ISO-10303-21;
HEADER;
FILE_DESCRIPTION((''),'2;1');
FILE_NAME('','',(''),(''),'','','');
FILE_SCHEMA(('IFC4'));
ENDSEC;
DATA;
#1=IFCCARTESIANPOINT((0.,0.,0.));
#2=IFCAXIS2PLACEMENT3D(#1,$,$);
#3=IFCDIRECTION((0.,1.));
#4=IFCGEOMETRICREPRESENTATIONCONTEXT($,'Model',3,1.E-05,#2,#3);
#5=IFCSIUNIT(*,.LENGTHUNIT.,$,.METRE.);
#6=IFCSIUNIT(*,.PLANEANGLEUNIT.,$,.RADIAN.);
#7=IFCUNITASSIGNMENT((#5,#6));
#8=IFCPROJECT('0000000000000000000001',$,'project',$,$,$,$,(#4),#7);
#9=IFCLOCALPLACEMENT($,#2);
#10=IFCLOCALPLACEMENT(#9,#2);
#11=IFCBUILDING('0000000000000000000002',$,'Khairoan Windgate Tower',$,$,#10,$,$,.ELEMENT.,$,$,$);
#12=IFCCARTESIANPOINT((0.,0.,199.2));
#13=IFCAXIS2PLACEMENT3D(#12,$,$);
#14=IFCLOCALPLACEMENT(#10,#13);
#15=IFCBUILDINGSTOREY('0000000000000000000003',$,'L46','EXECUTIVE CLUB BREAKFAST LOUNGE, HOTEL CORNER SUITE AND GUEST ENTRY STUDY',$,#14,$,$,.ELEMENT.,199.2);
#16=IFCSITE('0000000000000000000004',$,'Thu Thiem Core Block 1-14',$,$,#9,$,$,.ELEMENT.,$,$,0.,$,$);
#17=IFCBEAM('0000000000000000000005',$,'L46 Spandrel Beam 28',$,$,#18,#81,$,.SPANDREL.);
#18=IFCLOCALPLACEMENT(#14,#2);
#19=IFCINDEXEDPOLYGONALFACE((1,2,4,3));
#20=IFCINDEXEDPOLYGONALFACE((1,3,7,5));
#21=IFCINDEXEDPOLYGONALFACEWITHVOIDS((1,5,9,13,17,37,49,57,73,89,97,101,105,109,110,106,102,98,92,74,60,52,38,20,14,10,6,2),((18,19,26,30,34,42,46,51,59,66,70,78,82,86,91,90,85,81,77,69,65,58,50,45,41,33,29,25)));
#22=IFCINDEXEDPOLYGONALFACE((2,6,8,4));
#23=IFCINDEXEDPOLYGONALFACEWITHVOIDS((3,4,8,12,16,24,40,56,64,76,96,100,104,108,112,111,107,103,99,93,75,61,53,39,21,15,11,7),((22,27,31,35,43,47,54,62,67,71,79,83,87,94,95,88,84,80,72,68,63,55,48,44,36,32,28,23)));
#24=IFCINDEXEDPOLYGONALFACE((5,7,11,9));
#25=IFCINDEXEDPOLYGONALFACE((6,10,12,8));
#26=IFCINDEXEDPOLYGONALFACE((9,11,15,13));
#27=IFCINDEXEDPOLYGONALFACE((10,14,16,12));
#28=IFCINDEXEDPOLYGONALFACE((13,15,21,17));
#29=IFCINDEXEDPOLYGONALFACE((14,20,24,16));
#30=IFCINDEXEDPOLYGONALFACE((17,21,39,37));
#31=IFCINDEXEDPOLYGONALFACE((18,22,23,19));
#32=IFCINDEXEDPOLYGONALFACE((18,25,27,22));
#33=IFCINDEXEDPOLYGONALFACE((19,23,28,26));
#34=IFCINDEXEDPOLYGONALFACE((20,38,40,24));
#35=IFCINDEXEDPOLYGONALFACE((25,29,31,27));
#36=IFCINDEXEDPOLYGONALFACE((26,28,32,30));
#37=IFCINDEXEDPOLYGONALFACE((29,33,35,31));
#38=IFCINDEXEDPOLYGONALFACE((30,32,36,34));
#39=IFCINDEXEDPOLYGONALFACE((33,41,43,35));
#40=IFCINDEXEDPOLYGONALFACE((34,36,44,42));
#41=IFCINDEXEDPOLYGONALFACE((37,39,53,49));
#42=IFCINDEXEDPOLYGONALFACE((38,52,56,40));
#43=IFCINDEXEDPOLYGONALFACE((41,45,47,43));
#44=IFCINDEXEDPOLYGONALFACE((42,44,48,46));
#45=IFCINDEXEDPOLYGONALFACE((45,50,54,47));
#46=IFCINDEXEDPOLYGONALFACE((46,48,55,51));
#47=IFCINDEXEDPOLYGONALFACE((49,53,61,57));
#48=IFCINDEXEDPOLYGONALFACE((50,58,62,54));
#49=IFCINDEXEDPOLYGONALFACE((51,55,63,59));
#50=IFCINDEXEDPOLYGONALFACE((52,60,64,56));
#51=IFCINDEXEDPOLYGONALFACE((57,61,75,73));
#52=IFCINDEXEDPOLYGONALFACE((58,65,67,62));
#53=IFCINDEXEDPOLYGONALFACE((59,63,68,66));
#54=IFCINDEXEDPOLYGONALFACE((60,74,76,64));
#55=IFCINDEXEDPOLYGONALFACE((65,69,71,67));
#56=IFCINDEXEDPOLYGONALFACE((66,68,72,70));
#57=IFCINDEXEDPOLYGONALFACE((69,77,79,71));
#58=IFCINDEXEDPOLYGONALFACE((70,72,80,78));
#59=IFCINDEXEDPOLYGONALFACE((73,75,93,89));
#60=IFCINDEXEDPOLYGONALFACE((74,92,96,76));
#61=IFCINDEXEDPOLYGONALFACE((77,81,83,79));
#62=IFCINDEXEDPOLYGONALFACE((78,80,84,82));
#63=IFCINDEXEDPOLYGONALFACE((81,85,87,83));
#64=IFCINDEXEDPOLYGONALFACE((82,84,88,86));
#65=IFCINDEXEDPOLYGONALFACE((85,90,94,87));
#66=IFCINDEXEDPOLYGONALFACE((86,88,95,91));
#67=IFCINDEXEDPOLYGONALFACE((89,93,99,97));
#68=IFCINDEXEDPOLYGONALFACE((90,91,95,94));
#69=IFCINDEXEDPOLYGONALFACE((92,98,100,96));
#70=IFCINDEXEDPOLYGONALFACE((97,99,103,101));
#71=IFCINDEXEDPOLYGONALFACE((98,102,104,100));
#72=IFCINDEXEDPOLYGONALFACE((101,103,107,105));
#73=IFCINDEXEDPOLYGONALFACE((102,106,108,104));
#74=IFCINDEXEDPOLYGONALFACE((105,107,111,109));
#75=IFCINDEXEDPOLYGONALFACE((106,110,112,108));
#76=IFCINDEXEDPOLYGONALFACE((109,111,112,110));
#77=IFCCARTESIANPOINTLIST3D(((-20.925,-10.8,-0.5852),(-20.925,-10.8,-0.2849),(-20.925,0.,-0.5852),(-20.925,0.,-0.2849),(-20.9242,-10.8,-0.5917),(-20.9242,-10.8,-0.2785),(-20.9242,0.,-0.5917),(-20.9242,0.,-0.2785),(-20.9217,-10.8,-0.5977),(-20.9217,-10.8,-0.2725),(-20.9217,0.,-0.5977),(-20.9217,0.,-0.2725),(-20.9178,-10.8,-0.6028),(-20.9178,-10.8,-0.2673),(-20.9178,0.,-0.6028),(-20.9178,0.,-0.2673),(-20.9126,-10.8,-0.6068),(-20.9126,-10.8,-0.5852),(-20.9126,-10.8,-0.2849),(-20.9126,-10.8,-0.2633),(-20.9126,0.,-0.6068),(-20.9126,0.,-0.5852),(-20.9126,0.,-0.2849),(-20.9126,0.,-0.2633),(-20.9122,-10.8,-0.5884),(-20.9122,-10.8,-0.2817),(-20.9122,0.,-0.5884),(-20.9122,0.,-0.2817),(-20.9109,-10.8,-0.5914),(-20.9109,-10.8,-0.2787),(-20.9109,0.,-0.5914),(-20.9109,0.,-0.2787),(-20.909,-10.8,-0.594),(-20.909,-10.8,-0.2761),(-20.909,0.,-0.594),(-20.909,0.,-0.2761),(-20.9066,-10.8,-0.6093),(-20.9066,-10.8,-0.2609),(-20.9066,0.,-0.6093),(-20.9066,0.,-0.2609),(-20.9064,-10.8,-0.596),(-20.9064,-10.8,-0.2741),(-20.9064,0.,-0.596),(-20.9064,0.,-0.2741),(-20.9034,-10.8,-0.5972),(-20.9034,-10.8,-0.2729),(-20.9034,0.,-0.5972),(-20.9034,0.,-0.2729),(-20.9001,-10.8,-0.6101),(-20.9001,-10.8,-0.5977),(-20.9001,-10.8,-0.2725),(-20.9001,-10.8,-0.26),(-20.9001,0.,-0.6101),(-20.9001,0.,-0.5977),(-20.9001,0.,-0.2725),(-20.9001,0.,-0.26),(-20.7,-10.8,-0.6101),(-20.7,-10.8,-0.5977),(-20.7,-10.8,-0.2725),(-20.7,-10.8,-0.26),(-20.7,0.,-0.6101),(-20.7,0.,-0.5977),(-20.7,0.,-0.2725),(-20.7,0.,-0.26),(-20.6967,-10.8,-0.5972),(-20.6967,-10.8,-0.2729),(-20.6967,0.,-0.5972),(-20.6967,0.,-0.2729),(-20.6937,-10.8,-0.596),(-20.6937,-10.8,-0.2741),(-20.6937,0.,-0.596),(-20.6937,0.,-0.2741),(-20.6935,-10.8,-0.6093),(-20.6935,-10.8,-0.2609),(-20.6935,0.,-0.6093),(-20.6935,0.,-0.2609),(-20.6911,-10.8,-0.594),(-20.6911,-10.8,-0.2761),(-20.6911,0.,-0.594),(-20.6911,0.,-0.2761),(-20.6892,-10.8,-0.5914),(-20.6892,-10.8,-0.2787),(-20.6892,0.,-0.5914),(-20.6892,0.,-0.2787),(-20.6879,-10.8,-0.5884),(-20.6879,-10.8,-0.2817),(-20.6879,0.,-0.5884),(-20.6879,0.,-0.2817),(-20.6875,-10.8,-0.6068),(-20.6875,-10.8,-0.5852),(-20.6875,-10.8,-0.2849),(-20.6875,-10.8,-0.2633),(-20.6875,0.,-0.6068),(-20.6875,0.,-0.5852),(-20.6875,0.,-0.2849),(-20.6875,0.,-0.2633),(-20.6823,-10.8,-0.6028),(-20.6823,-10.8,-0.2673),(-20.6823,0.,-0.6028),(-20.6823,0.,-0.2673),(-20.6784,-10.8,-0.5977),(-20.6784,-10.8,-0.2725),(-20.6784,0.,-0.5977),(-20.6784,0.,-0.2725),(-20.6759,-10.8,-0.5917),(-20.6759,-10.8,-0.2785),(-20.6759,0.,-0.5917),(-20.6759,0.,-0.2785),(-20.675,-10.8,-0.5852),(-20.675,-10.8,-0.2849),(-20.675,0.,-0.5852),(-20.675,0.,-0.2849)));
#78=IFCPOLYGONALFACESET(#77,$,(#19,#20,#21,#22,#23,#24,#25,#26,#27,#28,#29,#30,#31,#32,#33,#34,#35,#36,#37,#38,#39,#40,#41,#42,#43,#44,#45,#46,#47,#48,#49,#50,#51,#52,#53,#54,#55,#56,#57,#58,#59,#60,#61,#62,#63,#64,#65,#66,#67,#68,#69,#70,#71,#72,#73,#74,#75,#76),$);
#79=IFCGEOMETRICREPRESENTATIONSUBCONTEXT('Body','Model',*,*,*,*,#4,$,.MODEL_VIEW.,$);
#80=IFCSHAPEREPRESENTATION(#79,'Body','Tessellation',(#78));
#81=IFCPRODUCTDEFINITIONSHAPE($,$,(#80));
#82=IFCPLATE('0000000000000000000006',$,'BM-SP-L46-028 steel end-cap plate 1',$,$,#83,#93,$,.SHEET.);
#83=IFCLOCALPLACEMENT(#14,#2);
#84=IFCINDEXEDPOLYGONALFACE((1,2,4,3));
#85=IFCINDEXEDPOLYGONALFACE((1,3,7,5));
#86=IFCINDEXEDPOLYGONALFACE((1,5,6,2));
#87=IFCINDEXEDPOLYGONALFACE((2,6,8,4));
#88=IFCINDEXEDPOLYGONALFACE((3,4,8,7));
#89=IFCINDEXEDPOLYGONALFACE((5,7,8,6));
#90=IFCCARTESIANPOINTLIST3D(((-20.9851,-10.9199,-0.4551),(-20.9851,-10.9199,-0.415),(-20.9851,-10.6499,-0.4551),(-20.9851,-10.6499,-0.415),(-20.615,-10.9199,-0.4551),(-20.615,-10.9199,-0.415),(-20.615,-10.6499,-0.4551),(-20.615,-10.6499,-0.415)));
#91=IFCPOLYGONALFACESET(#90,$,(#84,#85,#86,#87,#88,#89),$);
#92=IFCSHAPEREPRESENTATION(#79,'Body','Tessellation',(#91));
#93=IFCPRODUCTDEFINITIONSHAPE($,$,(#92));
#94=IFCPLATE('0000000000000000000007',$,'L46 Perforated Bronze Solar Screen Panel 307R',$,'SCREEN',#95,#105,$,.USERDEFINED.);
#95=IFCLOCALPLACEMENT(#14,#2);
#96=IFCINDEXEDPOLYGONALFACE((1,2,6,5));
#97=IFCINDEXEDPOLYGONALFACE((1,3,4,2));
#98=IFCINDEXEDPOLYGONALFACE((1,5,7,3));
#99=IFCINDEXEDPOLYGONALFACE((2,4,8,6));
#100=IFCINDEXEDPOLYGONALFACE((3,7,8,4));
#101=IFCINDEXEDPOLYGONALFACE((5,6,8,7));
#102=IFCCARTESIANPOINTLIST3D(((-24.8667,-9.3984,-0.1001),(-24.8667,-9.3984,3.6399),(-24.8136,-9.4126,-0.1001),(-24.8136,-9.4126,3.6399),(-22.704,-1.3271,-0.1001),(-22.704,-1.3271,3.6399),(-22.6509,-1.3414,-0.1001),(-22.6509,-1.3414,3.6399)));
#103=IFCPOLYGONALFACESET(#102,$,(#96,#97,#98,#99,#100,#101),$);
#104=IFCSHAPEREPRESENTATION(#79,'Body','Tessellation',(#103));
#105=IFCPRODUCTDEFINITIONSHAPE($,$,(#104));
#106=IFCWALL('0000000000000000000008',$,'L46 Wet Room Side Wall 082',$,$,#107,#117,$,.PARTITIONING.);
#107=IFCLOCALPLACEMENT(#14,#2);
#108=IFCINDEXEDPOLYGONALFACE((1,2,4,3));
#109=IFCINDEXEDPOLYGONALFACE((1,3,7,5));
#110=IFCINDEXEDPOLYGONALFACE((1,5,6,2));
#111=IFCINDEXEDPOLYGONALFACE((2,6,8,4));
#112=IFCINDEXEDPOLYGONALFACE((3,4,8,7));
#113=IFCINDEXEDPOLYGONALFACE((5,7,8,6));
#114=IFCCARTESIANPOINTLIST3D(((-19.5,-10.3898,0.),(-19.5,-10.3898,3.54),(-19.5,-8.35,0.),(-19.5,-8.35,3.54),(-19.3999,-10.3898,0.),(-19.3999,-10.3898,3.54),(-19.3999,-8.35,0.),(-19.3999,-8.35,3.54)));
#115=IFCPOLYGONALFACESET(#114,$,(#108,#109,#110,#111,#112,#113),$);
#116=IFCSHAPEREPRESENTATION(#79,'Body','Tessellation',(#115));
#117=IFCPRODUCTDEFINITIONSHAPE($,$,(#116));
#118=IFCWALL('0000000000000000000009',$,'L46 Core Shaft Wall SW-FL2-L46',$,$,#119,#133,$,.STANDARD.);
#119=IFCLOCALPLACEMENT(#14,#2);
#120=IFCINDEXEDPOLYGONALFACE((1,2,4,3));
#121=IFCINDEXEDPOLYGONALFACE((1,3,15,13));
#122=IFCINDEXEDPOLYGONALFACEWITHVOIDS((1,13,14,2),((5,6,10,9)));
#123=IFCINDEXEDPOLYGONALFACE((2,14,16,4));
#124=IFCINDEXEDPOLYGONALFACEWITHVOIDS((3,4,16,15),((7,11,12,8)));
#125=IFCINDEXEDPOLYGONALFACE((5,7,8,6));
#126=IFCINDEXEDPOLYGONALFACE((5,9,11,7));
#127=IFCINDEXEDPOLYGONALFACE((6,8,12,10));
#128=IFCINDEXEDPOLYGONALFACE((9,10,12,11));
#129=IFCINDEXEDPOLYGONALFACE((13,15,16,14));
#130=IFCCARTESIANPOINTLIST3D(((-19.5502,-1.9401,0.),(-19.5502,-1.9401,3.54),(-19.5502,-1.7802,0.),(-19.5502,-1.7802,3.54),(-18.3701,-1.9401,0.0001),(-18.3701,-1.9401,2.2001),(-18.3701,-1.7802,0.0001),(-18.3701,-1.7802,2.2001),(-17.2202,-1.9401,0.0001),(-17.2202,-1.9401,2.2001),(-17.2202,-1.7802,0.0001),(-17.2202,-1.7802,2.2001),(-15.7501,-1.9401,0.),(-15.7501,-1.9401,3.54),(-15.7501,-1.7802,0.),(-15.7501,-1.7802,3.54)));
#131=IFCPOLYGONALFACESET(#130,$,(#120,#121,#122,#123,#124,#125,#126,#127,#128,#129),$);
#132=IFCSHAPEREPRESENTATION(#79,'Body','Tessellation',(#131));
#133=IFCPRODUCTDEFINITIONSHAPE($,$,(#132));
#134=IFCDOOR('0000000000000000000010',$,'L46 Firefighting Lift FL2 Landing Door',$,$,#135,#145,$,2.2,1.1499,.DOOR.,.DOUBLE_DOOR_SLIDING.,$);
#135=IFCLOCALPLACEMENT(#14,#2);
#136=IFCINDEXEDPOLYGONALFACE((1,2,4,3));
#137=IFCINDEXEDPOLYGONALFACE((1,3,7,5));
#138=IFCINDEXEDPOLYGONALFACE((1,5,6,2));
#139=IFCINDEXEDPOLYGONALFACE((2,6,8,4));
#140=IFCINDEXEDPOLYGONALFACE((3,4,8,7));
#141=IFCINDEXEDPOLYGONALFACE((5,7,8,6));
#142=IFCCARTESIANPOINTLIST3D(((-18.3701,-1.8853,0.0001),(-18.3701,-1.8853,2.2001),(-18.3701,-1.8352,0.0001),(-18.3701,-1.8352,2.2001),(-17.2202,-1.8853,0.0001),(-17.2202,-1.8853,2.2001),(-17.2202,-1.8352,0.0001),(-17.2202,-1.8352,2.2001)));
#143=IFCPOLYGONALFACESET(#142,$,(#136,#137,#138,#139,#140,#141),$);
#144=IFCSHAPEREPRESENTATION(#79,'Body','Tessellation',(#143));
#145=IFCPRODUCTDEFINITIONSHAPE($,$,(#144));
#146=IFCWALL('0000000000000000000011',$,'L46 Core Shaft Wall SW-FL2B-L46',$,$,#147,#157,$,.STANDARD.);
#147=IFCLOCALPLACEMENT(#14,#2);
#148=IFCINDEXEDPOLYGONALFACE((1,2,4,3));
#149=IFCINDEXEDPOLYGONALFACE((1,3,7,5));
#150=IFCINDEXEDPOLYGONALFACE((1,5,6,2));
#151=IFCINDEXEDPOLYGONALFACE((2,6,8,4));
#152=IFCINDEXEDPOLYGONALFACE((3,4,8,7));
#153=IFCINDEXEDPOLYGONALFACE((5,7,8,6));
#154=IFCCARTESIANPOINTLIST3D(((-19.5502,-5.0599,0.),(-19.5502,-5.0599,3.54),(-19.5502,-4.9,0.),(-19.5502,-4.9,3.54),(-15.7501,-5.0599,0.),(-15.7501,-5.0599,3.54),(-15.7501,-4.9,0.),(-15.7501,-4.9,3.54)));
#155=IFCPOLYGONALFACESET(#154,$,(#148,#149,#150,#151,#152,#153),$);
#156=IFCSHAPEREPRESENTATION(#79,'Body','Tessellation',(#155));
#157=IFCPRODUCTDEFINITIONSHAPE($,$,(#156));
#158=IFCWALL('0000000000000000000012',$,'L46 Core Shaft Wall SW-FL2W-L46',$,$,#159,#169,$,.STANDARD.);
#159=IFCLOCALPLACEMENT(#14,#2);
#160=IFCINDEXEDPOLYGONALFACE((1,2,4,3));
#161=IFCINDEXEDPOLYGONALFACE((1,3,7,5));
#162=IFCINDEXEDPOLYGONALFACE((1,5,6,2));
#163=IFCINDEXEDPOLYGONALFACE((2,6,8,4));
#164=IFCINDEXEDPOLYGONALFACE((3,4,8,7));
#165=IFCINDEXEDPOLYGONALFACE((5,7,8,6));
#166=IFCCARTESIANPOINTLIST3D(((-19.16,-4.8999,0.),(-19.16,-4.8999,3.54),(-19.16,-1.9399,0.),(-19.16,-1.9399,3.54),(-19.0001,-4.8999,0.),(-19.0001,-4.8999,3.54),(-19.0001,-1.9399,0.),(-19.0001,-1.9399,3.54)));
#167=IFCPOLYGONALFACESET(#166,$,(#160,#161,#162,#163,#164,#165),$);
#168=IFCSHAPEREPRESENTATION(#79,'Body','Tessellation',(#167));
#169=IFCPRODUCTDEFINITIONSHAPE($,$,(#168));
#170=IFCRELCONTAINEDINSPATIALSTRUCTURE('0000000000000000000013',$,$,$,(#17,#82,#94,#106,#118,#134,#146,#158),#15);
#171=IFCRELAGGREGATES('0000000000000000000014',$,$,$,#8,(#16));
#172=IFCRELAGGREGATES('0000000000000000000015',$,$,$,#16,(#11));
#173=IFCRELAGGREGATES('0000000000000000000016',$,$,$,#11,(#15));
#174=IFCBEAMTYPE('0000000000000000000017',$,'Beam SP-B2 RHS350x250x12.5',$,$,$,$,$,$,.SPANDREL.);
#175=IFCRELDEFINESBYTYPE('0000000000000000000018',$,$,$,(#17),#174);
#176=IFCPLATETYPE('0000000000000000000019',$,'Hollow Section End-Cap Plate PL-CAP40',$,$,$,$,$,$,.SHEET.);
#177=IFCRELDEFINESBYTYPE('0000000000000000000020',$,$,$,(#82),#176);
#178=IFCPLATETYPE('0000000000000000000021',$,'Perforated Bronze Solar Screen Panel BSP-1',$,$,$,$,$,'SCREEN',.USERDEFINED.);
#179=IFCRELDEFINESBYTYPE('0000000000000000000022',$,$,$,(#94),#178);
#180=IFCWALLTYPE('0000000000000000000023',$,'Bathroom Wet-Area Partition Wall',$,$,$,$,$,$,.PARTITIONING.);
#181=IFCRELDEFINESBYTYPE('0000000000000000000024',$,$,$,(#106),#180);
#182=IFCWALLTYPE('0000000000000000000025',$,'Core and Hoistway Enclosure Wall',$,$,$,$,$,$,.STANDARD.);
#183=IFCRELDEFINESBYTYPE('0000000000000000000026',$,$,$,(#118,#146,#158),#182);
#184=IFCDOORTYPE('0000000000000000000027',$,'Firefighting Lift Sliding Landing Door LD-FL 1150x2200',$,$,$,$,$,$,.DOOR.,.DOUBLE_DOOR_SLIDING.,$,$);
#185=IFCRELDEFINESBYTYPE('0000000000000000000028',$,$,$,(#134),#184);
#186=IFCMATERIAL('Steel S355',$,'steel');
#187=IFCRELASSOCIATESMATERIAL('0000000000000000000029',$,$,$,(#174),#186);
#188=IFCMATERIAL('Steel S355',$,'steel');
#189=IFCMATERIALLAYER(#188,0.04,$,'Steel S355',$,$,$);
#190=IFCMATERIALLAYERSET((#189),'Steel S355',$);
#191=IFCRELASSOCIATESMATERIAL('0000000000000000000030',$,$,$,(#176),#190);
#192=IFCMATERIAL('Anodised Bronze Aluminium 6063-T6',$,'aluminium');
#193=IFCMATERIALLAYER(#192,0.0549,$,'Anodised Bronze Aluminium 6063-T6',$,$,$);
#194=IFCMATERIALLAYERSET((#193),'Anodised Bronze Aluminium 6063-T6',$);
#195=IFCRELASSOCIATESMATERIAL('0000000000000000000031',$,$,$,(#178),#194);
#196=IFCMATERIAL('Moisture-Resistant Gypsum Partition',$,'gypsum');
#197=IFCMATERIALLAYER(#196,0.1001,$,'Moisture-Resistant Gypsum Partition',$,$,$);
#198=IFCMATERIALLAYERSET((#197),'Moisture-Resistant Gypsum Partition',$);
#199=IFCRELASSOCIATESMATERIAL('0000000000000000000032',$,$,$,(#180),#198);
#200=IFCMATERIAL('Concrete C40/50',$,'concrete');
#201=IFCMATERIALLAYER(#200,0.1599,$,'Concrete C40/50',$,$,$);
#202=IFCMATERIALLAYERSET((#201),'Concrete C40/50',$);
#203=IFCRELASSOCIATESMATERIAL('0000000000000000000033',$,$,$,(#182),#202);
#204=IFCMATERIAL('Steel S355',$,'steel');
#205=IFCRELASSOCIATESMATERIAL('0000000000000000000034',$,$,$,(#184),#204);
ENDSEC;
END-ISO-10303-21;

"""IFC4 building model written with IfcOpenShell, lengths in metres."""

from ifc_helpers import new_model, si_unit, direction, frame, frame_2d, origin, origin_2d, place, context, subcontext, project, spatial, rectangle, hollow_rectangle, extrude, material, layer, layer_set, material_profile, profile_set, type_object, element, fill, save


model = new_model("IFC4")

# Units and contexts
model_context = context("Model", 3, precision=1e-05, world=origin(), true_north=direction((0.0, 1.0)))
body_context = subcontext(model_context, "Body", "Model", "MODEL_VIEW")
ifc_project = project(units=[si_unit("LENGTHUNIT", "METRE"), si_unit("PLANEANGLEUNIT", "RADIAN")], contexts=[model_context])

# Site, building, storey
site_placement = place(None, origin())
site = spatial("IfcSite", under=ifc_project, at=site_placement, Name="Thu Thiem Core Block 1-14", CompositionType="ELEMENT", RefElevation=0.0)
building_placement = place(site_placement, origin())
building = spatial("IfcBuilding", under=site, at=building_placement, Name="Khairoan Windgate Tower", CompositionType="ELEMENT")
storey_placement = place(building_placement, frame((0.0, 0.0, 199.2)))
storey = spatial("IfcBuildingStorey", under=building, at=storey_placement, Name="L46", Description="EXECUTIVE CLUB BREAKFAST LOUNGE, HOTEL CORNER SUITE AND GUEST ENTRY STUDY", CompositionType="ELEMENT", Elevation=199.2)

# Beam
ifc_material_1 = material(Name="Steel S355", Category="steel")
ifc_material_profile_1 = material_profile(ifc_material_1, hollow_rectangle(XDim=0.25, YDim=0.3501, WallThickness=0.0125, InnerFilletRadius=0.0125, OuterFilletRadius=0.0249, at=origin_2d()))
ifc_profile_set_1 = profile_set([ifc_material_profile_1], Name="Steel S355")
beam_type_1 = type_object("IfcBeamType", Name="Beam SP-B2 RHS350x250x12.5", PredefinedType="SPANDREL", material=ifc_profile_set_1)
beam_1_placement = place(storey_placement, frame((-20.8, -10.8, -0.4351), z_axis=(0.0, 1.0, 0.0), x_axis=(-1.0, 0.0, 0.0)))
element("IfcBeam", 1, at=beam_1_placement, inside=storey, type_object=beam_type_1, Name="L46 Spandrel Beam 28", PredefinedType="SPANDREL", context=body_context, shape_type="SweptSolid", body=[
    extrude(hollow_rectangle(XDim=0.25, YDim=0.3501, WallThickness=0.0125, InnerFilletRadius=0.0125, OuterFilletRadius=0.0249, at=origin_2d()), origin(), (0.0, 0.0, 1.0), 10.8),
])

# Plates
ifc_material_2 = material(Name="Steel S355", Category="steel")
ifc_layer_1 = layer(ifc_material_2, 0.04, Name="Steel S355")
ifc_layer_set_1 = layer_set([ifc_layer_1], Name="Steel S355")
plate_type_1 = type_object("IfcPlateType", Name="Hollow Section End-Cap Plate PL-CAP40", PredefinedType="SHEET", material=ifc_layer_set_1)
plate_1_placement = place(storey_placement, frame((-20.8, -10.7849, -0.4551), z_axis=(0.0, 0.0, 1.0), x_axis=(0.0, 1.0, 0.0)))
element("IfcPlate", 2, at=plate_1_placement, inside=storey, type_object=plate_type_1, Name="BM-SP-L46-028 steel end-cap plate 1", PredefinedType="SHEET", context=body_context, shape_type="SweptSolid", body=[
    extrude(rectangle(XDim=0.27, YDim=0.3701, at=origin_2d()), origin(), (0.0, 0.0, 1.0), 0.04),
])
ifc_material_3 = material(Name="Anodised Bronze Aluminium 6063-T6", Category="aluminium")
ifc_layer_2 = layer(ifc_material_3, 0.0549, Name="Anodised Bronze Aluminium 6063-T6")
ifc_layer_set_2 = layer_set([ifc_layer_2], Name="Anodised Bronze Aluminium 6063-T6")
plate_type_2 = type_object("IfcPlateType", Name="Perforated Bronze Solar Screen Panel BSP-1", ElementType="SCREEN", PredefinedType="USERDEFINED", material=ifc_layer_set_2)
plate_2_placement = place(storey_placement, frame((-23.7588, -5.3699, -0.1001), z_axis=(0.0, 0.0, 1.0), x_axis=(0.258819, 0.965926, 0.0)))
element("IfcPlate", 3, at=plate_2_placement, inside=storey, type_object=plate_type_2, Name="L46 Perforated Bronze Solar Screen Panel 307R", ObjectType="SCREEN", PredefinedType="USERDEFINED", context=body_context, shape_type="SweptSolid", body=[
    extrude(rectangle(XDim=8.356, YDim=0.0549, at=origin_2d()), origin(), (0.0, 0.0, 1.0), 3.74),
])

# Wall
ifc_material_4 = material(Name="Moisture-Resistant Gypsum Partition", Category="gypsum")
ifc_layer_3 = layer(ifc_material_4, 0.1001, Name="Moisture-Resistant Gypsum Partition")
ifc_layer_set_3 = layer_set([ifc_layer_3], Name="Moisture-Resistant Gypsum Partition")
wall_type_1 = type_object("IfcWallType", Name="Bathroom Wet-Area Partition Wall", PredefinedType="PARTITIONING", material=ifc_layer_set_3)
wall_1_placement = place(storey_placement, frame((-19.45, -10.3899, 0.0), z_axis=(0.0, 0.0, 1.0), x_axis=(0.0, 1.0, 0.0)))
element("IfcWall", 4, at=wall_1_placement, inside=storey, type_object=wall_type_1, Name="L46 Wet Room Side Wall 082", PredefinedType="PARTITIONING", context=body_context, shape_type="SweptSolid", body=[
    extrude(rectangle(XDim=2.0398, YDim=0.1001, at=frame_2d((1.02, 0.0))), origin(), (0.0, 0.0, 1.0), 3.54),
])

# Wall, opening, door
ifc_material_5 = material(Name="Concrete C40/50", Category="concrete")
ifc_layer_4 = layer(ifc_material_5, 0.1599, Name="Concrete C40/50")
ifc_layer_set_4 = layer_set([ifc_layer_4], Name="Concrete C40/50")
wall_type_2 = type_object("IfcWallType", Name="Core and Hoistway Enclosure Wall", PredefinedType="STANDARD", material=ifc_layer_set_4)
wall_2_placement = place(storey_placement, frame((-19.55, -1.8601, 0.0), z_axis=(0.0, 0.0, 1.0), x_axis=(1.0, 0.0, 0.0)))
wall_2 = element("IfcWall", 5, at=wall_2_placement, inside=storey, type_object=wall_type_2, Name="L46 Core Shaft Wall SW-FL2-L46", PredefinedType="STANDARD", context=body_context, shape_type="SweptSolid", body=[
    extrude(rectangle(XDim=3.8, YDim=0.1599, at=frame_2d((1.8999, 0.0))), origin(), (0.0, 0.0, 1.0), 3.54),
])
opening_1_placement = place(wall_2_placement, frame((1.1799, 0.0, 0.0)))
opening_1 = element("IfcOpeningElement", 6, at=opening_1_placement, cuts=wall_2, PredefinedType="OPENING", context=body_context, shape_type="SweptSolid", body=[
    extrude(rectangle(XDim=1.1499, YDim=2.2, at=frame_2d((0.575, 1.1001))), frame((0.0, 0.0898, 0.0), z_axis=(0.0, -1.0, 0.0), x_axis=(1.0, 0.0, 0.0)), (0.0, 0.0, 1.0), 0.1799),
])
ifc_material_6 = material(Name="Steel S355", Category="steel")
door_type_1 = type_object("IfcDoorType", Name="Firefighting Lift Sliding Landing Door LD-FL 1150x2200", OperationType="DOUBLE_DOOR_SLIDING", PredefinedType="DOOR", material=ifc_material_6)
door_1_placement = place(opening_1_placement, origin())
door_1 = element("IfcDoor", 7, at=door_1_placement, inside=storey, type_object=door_type_1, Name="L46 Firefighting Lift FL2 Landing Door", OperationType="DOUBLE_DOOR_SLIDING", OverallHeight=2.2, OverallWidth=1.1499, PredefinedType="DOOR", context=body_context, shape_type="SweptSolid", body=[
    extrude(rectangle(XDim=1.1499, YDim=2.2, at=frame_2d((0.575, 1.1001))), frame((0.0, 0.0249, 0.0), z_axis=(0.0, -1.0, 0.0), x_axis=(1.0, 0.0, 0.0)), (0.0, 0.0, 1.0), 0.05),
])
fill(opening_1, door_1)

# Walls
wall_3_placement = place(storey_placement, frame((-19.55, -4.98, 0.0), z_axis=(0.0, 0.0, 1.0), x_axis=(1.0, 0.0, 0.0)))
element("IfcWall", 8, at=wall_3_placement, inside=storey, type_object=wall_type_2, Name="L46 Core Shaft Wall SW-FL2B-L46", PredefinedType="STANDARD", context=body_context, shape_type="SweptSolid", body=[
    extrude(rectangle(XDim=3.8, YDim=0.1599, at=frame_2d((1.8999, 0.0))), origin(), (0.0, 0.0, 1.0), 3.54),
])
wall_4_placement = place(storey_placement, frame((-19.0801, -4.8999, 0.0), z_axis=(0.0, 0.0, 1.0), x_axis=(0.0, 1.0, 0.0)))
element("IfcWall", 9, at=wall_4_placement, inside=storey, type_object=wall_type_2, Name="L46 Core Shaft Wall SW-FL2W-L46", PredefinedType="STANDARD", context=body_context, shape_type="SweptSolid", body=[
    extrude(rectangle(XDim=2.96, YDim=0.1599, at=frame_2d((1.48, 0.0))), origin(), (0.0, 0.0, 1.0), 3.54),
])

save(model, "model.ifc")
